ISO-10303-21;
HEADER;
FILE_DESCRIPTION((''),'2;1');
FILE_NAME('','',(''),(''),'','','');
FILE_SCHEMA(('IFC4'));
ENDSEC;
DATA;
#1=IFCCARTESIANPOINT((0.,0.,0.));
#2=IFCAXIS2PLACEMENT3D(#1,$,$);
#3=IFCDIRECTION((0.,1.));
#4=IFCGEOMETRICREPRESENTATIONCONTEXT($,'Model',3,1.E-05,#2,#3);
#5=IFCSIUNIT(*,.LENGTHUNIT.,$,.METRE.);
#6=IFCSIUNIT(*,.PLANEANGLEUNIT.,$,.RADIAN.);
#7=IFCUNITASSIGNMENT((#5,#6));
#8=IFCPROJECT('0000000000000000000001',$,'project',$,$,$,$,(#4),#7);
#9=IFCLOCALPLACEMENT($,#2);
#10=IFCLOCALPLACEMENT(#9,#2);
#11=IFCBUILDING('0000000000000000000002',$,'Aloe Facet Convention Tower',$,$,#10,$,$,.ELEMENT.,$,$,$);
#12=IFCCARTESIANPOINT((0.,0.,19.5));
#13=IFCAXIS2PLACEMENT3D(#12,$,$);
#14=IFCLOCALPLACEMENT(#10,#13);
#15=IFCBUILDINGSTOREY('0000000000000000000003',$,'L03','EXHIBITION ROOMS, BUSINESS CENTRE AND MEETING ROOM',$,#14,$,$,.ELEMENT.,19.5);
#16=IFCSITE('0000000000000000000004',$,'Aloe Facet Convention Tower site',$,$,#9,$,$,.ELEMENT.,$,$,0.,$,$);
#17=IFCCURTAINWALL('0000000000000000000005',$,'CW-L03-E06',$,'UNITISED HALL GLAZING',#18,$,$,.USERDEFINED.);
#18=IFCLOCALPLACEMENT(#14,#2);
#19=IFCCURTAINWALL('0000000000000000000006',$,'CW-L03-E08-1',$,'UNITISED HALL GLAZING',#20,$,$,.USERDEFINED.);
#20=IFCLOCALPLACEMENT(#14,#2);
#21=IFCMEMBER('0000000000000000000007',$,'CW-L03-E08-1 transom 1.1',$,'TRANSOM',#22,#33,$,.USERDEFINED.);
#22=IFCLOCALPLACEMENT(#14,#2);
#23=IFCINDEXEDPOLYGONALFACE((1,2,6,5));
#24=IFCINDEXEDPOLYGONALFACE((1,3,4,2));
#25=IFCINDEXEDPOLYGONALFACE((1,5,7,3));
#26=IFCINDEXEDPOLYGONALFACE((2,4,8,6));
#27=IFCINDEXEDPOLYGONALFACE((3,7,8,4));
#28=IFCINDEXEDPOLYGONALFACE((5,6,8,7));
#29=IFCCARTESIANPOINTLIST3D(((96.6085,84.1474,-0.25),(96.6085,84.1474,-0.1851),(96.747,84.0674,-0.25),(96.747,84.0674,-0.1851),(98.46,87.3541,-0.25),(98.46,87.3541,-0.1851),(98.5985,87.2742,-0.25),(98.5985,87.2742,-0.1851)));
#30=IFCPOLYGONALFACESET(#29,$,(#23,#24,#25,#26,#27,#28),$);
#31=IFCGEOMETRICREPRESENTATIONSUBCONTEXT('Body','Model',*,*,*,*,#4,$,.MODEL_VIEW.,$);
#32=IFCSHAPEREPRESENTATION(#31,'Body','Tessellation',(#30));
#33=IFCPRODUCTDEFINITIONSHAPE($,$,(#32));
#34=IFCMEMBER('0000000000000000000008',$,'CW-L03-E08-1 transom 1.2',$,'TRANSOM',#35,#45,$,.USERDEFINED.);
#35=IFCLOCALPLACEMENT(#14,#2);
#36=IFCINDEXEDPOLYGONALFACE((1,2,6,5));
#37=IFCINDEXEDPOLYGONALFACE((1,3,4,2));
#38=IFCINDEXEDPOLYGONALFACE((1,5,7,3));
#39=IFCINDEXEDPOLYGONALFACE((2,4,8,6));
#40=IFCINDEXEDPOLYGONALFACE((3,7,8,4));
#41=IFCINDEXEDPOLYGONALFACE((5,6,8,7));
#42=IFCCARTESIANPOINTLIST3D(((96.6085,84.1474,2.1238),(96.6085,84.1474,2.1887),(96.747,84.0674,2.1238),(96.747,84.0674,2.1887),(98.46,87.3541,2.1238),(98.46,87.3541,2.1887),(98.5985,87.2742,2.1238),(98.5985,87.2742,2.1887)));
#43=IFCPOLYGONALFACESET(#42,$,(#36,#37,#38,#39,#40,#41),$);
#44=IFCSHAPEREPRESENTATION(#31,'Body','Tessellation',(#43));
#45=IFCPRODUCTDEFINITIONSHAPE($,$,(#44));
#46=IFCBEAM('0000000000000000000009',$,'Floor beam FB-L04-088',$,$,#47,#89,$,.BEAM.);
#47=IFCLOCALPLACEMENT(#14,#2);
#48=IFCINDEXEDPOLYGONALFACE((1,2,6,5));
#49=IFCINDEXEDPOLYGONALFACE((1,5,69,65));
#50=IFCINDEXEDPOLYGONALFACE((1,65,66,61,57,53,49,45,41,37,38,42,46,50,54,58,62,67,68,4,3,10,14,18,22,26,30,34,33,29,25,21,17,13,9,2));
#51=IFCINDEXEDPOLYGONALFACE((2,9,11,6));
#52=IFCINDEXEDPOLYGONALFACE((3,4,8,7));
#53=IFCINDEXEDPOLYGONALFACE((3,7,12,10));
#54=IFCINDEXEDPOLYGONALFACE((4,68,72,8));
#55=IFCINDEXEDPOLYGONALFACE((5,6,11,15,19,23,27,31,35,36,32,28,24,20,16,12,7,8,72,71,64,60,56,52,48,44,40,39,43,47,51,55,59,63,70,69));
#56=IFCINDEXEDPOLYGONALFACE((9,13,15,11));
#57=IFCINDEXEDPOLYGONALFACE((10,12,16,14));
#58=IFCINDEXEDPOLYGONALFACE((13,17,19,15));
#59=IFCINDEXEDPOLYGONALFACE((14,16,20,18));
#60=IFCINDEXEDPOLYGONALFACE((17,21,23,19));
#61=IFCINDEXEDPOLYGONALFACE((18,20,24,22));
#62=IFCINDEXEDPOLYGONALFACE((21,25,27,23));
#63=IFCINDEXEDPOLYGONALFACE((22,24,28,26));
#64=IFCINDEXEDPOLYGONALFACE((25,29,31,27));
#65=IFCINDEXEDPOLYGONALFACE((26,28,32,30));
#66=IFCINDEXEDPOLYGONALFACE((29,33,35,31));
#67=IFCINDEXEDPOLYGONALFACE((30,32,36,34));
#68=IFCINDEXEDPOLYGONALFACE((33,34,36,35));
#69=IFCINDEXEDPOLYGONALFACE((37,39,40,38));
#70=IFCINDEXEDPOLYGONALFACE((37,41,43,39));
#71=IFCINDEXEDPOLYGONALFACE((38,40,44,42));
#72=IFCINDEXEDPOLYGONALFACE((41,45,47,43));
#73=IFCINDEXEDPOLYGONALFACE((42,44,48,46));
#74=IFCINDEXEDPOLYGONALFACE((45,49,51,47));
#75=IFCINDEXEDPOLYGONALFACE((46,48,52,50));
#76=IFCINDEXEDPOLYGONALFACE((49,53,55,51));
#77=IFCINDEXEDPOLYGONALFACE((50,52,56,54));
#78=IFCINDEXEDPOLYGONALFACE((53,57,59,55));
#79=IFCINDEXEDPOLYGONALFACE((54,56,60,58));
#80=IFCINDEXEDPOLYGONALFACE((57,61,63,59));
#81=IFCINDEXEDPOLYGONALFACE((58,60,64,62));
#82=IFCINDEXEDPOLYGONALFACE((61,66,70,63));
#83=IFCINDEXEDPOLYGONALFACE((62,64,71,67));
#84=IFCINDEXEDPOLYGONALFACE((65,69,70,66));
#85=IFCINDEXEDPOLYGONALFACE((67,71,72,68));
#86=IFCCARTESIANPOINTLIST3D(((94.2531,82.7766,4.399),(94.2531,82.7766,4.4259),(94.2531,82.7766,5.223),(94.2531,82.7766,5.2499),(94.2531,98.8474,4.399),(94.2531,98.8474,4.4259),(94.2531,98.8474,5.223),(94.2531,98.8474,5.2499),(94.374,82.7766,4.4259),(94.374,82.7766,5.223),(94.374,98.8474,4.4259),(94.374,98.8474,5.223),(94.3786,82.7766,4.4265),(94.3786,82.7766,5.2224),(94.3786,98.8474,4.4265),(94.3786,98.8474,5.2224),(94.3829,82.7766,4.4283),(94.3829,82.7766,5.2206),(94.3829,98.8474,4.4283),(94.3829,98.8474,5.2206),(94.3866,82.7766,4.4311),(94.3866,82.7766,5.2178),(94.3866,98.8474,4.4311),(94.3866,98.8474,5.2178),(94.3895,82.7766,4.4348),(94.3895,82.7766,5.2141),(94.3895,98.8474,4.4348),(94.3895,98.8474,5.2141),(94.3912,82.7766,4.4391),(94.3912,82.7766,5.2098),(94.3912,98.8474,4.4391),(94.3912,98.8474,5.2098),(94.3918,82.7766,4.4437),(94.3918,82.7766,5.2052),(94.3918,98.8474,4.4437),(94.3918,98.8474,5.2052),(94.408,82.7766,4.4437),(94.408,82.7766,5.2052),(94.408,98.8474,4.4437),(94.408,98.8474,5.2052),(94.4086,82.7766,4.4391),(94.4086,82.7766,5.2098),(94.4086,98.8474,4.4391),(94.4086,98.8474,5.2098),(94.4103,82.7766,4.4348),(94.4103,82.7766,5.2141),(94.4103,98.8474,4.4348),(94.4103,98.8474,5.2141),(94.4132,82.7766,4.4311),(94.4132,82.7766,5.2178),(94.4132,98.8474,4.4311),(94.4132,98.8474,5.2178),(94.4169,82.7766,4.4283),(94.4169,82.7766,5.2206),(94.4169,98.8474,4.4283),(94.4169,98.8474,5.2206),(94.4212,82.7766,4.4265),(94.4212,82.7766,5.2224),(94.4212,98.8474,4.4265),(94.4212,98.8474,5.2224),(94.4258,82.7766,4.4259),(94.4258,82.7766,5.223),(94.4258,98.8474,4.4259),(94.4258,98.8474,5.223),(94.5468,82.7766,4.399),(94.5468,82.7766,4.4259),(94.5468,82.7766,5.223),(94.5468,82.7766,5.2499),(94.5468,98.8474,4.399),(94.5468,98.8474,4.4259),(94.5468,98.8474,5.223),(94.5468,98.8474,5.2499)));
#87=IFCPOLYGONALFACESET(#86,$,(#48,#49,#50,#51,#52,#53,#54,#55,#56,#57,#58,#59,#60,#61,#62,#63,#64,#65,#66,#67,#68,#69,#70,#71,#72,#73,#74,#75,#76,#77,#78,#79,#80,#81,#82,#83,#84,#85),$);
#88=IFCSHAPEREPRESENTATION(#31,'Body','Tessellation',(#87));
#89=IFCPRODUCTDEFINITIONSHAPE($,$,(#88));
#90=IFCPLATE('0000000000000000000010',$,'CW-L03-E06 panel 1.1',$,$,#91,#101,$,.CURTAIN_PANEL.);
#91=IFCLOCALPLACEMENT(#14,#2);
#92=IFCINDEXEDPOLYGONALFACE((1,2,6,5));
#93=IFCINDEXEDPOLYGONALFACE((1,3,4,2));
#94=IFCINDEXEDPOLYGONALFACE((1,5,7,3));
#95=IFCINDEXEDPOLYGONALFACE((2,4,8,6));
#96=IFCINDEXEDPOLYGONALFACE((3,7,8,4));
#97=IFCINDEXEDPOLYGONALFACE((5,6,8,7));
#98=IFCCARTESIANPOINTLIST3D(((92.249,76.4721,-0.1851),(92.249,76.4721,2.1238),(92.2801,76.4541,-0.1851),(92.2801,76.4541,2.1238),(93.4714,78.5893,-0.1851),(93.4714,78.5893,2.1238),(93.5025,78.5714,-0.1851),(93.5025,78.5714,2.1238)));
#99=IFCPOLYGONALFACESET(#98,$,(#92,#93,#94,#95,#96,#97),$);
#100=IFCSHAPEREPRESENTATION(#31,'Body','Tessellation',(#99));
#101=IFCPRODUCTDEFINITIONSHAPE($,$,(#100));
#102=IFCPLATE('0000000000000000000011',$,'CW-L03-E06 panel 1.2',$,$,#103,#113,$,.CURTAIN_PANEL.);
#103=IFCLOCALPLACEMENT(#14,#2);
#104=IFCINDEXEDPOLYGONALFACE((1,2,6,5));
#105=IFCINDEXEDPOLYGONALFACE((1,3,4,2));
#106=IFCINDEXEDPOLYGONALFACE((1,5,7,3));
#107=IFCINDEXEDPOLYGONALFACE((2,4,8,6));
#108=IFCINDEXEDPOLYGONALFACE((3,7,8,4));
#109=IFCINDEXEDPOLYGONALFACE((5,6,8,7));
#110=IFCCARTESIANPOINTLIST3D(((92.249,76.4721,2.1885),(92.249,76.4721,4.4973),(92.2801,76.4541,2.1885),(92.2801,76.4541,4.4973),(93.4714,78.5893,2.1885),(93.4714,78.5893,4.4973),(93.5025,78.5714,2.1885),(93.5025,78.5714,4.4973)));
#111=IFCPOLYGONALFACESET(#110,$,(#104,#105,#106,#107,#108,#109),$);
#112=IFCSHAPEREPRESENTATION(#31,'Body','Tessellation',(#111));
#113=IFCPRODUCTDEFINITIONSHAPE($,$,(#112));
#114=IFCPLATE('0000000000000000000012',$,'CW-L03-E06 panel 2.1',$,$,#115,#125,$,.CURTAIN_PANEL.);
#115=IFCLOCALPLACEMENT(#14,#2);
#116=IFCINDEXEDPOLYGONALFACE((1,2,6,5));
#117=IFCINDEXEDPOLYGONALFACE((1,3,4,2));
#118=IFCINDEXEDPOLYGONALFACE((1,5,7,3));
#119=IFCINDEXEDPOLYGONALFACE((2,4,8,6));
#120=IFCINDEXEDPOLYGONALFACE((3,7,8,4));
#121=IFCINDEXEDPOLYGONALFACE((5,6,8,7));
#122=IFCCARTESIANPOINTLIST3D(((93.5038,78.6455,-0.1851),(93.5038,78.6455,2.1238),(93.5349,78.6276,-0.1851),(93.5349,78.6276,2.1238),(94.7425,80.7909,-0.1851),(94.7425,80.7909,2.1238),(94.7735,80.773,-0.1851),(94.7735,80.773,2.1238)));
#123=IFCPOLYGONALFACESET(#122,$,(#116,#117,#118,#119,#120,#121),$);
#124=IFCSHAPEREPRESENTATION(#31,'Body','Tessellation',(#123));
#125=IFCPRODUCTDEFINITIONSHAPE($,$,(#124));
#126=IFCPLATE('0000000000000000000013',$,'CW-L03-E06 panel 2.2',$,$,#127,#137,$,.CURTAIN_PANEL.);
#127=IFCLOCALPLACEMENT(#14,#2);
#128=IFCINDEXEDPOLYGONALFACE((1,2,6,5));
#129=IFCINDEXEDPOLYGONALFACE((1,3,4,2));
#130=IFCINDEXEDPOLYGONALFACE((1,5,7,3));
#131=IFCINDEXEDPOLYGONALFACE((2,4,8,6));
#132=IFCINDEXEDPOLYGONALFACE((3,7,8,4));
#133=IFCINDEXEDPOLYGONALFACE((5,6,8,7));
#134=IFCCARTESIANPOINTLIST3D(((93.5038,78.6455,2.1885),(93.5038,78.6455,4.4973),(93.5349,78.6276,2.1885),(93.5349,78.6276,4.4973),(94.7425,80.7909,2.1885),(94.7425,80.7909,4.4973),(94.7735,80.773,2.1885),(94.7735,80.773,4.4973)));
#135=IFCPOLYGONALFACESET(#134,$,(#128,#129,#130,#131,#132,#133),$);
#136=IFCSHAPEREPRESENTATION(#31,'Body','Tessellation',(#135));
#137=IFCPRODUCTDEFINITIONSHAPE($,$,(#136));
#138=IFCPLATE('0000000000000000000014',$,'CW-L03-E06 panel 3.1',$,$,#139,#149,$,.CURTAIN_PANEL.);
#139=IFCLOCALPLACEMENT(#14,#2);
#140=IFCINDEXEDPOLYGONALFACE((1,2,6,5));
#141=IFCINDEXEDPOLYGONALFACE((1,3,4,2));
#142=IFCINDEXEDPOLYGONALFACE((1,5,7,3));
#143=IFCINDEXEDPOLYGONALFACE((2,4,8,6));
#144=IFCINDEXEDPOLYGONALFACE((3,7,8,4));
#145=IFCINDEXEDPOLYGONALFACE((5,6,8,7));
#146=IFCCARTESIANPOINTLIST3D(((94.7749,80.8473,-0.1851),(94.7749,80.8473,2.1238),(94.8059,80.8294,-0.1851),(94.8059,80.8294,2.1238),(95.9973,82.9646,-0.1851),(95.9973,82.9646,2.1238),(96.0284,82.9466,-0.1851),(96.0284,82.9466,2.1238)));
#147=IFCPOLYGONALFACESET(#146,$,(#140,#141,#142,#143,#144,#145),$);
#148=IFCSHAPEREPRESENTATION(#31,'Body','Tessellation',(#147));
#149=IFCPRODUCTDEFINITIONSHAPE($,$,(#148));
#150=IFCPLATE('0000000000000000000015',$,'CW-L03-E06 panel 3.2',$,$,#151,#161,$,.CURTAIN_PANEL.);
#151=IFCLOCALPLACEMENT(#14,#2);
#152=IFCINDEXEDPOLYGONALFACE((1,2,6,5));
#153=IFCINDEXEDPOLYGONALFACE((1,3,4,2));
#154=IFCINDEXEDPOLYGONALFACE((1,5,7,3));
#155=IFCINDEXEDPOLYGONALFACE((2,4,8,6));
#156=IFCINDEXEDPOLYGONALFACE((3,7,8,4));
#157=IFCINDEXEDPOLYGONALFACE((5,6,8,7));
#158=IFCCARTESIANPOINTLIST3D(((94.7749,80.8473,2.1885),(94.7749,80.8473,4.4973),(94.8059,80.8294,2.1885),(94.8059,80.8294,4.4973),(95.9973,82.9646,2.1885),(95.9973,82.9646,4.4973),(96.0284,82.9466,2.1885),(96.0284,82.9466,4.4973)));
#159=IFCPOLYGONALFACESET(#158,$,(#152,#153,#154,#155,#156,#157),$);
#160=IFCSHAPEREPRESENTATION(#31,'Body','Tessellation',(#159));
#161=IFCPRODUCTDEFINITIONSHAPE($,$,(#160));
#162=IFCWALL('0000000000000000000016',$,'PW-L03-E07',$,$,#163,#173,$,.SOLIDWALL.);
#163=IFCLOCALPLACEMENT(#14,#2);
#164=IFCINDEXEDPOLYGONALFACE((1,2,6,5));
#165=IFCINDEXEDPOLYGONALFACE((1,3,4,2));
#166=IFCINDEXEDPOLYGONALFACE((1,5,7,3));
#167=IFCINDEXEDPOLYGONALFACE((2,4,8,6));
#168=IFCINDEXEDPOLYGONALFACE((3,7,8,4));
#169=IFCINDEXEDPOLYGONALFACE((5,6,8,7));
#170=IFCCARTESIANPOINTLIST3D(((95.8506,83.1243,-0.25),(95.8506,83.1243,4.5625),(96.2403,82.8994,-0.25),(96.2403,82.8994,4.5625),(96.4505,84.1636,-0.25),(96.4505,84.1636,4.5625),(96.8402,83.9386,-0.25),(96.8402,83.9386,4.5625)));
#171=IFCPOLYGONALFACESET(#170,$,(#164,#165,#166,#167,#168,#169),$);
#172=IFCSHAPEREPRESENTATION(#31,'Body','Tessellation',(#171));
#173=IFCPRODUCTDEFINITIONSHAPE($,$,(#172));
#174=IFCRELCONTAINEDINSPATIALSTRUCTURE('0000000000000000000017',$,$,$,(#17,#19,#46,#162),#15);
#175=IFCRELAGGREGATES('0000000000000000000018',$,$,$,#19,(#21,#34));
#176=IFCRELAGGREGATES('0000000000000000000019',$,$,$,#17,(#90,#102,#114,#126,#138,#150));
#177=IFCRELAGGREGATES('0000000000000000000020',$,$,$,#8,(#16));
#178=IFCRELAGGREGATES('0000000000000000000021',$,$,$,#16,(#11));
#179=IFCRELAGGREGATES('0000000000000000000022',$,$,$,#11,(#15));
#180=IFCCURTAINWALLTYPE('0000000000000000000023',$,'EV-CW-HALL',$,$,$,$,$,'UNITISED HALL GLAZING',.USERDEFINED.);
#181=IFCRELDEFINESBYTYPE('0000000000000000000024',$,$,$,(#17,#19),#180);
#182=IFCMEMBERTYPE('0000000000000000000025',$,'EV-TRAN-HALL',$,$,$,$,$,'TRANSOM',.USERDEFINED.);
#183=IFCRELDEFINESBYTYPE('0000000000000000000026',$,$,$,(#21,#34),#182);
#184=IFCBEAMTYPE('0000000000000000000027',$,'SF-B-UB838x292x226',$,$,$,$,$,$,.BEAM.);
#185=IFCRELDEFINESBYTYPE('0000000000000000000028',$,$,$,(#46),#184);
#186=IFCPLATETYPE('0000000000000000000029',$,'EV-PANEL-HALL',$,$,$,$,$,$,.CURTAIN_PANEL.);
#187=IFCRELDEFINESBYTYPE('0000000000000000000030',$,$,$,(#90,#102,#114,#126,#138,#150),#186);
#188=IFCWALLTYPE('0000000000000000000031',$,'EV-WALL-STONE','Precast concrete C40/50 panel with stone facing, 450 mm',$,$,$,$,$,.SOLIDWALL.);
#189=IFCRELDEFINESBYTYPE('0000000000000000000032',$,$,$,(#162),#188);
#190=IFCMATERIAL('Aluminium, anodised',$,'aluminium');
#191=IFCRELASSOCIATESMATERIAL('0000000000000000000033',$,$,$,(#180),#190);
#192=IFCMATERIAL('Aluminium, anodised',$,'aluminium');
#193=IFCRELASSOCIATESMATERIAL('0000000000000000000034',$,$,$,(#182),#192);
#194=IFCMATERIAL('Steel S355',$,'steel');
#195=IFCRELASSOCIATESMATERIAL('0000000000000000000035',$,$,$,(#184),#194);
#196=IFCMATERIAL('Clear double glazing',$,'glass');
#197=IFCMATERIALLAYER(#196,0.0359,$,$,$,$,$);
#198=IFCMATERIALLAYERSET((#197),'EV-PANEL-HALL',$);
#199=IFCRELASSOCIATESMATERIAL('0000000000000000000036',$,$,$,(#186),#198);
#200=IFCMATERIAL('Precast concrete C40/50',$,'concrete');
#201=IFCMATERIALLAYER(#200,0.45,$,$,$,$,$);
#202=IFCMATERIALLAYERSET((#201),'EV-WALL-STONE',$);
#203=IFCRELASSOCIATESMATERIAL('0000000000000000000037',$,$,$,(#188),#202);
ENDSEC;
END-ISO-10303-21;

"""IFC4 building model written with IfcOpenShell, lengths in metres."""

from ifc_helpers import new_model, si_unit, direction, frame, frame_2d, origin, origin_2d, place, context, subcontext, project, spatial, rectangle, i_section, extrude, material, layer, layer_set, material_profile, profile_set, type_object, element, aggregate, save


model = new_model("IFC4")

# Units and contexts
model_context = context("Model", 3, precision=1e-05, world=origin(), true_north=direction((0.0, 1.0)))
body_context = subcontext(model_context, "Body", "Model", "MODEL_VIEW")
ifc_project = project(units=[si_unit("LENGTHUNIT", "METRE"), si_unit("PLANEANGLEUNIT", "RADIAN")], contexts=[model_context])

# Site, building, storey
site_placement = place(None, origin())
site = spatial("IfcSite", under=ifc_project, at=site_placement, Name="Aloe Facet Convention Tower site", CompositionType="ELEMENT", RefElevation=0.0)
building_placement = place(site_placement, origin())
building = spatial("IfcBuilding", under=site, at=building_placement, Name="Aloe Facet Convention Tower", CompositionType="ELEMENT")
storey_placement = place(building_placement, frame((0.0, 0.0, 19.5)))
storey = spatial("IfcBuildingStorey", under=building, at=storey_placement, Name="L03", Description="EXHIBITION ROOMS, BUSINESS CENTRE AND MEETING ROOM", CompositionType="ELEMENT", Elevation=19.5)

# Curtain wall
ifc_material_1 = material(Name="Aluminium, anodised", Category="aluminium")
curtain_wall_type = type_object("IfcCurtainWallType", Name="EV-CW-HALL", ElementType="UNITISED HALL GLAZING", PredefinedType="USERDEFINED", material=ifc_material_1)
curtain_wall_1_placement = place(storey_placement, origin())
curtain_wall_1 = element("IfcCurtainWall", 1, at=curtain_wall_1_placement, inside=storey, type_object=curtain_wall_type, Name="CW-L03-E06", ObjectType="UNITISED HALL GLAZING", PredefinedType="USERDEFINED")

# Curtain wall
curtain_wall_2_placement = place(storey_placement, origin())
curtain_wall_2 = element("IfcCurtainWall", 2, at=curtain_wall_2_placement, inside=storey, type_object=curtain_wall_type, Name="CW-L03-E08-1", ObjectType="UNITISED HALL GLAZING", PredefinedType="USERDEFINED")

# Members
ifc_material_2 = material(Name="Aluminium, anodised", Category="aluminium")
ifc_material_profile_1 = material_profile(ifc_material_2, rectangle(XDim=0.1599, YDim=0.0649, at=origin_2d()), Name="AL 160x65")
ifc_profile_set_1 = profile_set([ifc_material_profile_1], Name="Aluminium, anodised")
member_type_1 = type_object("IfcMemberType", Name="EV-TRAN-HALL", ElementType="TRANSOM", PredefinedType="USERDEFINED", material=ifc_profile_set_1)
member_1_placement = place(storey_placement, frame((96.6777, 84.1074, -0.2175), z_axis=(0.500025, 0.866011, 0.0), x_axis=(-0.866011, 0.500025, 0.0)))
member_1 = element("IfcMember", 3, at=member_1_placement, type_object=member_type_1, Name="CW-L03-E08-1 transom 1.1", ObjectType="TRANSOM", PredefinedType="USERDEFINED", context=body_context, shape_type="SweptSolid", body=[
    extrude(rectangle(XDim=0.1599, YDim=0.0649, at=origin_2d()), origin(), (0.0, 0.0, 1.0), 3.7029),
])
member_2_placement = place(storey_placement, frame((96.6777, 84.1074, 2.1562), z_axis=(0.500025, 0.866011, 0.0), x_axis=(-0.866011, 0.500025, 0.0)))
member_2 = element("IfcMember", 4, at=member_2_placement, type_object=member_type_1, Name="CW-L03-E08-1 transom 1.2", ObjectType="TRANSOM", PredefinedType="USERDEFINED", context=body_context, shape_type="SweptSolid", body=[
    extrude(rectangle(XDim=0.1599, YDim=0.0649, at=origin_2d()), origin(), (0.0, 0.0, 1.0), 3.7029),
])
aggregate(curtain_wall_2, [member_1, member_2])

# Beam
ifc_material_3 = material(Name="Steel S355", Category="steel")
ifc_material_profile_2 = material_profile(ifc_material_3, i_section(OverallWidth=0.2937, OverallDepth=0.8508, WebThickness=0.0161, FlangeThickness=0.0269, FilletRadius=0.0178, at=origin_2d()), Name="UB 838x292x226")
ifc_profile_set_2 = profile_set([ifc_material_profile_2], Name="Steel S355")
beam_type = type_object("IfcBeamType", Name="SF-B-UB838x292x226", PredefinedType="BEAM", material=ifc_profile_set_2)
beam_placement = place(storey_placement, frame((94.3999, 82.7766, 4.8245), z_axis=(0.0, 1.0, 0.0), x_axis=(-1.0, 0.0, 0.0)))
element("IfcBeam", 5, at=beam_placement, inside=storey, type_object=beam_type, Name="Floor beam FB-L04-088", PredefinedType="BEAM", context=body_context, shape_type="SweptSolid", body=[
    extrude(i_section(OverallWidth=0.2937, OverallDepth=0.8508, WebThickness=0.0161, FlangeThickness=0.0269, FilletRadius=0.0178, at=origin_2d()), origin(), (0.0, 0.0, 1.0), 16.0708),
])

# Plates
ifc_material_4 = material(Name="Clear double glazing", Category="glass")
ifc_layer_1 = layer(ifc_material_4, 0.0359)
ifc_layer_set_1 = layer_set([ifc_layer_1], Name="EV-PANEL-HALL")
plate_type = type_object("IfcPlateType", Name="EV-PANEL-HALL", PredefinedType="CURTAIN_PANEL", material=ifc_layer_set_1)
plate_1_placement = place(storey_placement, frame((92.8757, 77.5217, -0.1851), z_axis=(0.0, 0.0, 1.0), x_axis=(0.5, 0.866025, 0.0)))
plate_1 = element("IfcPlate", 6, at=plate_1_placement, type_object=plate_type, Name="CW-L03-E06 panel 1.1", PredefinedType="CURTAIN_PANEL", context=body_context, shape_type="SweptSolid", body=[
    extrude(rectangle(XDim=2.4448, YDim=0.0359, at=origin_2d()), origin(), (0.0, 0.0, 1.0), 2.3088),
])
plate_2_placement = place(storey_placement, frame((92.8757, 77.5217, 2.1885), z_axis=(0.0, 0.0, 1.0), x_axis=(0.5, 0.866025, 0.0)))
plate_2 = element("IfcPlate", 7, at=plate_2_placement, type_object=plate_type, Name="CW-L03-E06 panel 1.2", PredefinedType="CURTAIN_PANEL", context=body_context, shape_type="SweptSolid", body=[
    extrude(rectangle(XDim=2.4448, YDim=0.0359, at=origin_2d()), origin(), (0.0, 0.0, 1.0), 2.3088),
])
plate_3_placement = place(storey_placement, frame((94.1387, 79.7092, -0.1851), z_axis=(0.0, 0.0, 1.0), x_axis=(0.5, 0.866025, 0.0)))
plate_3 = element("IfcPlate", 8, at=plate_3_placement, type_object=plate_type, Name="CW-L03-E06 panel 2.1", PredefinedType="CURTAIN_PANEL", context=body_context, shape_type="SweptSolid", body=[
    extrude(rectangle(XDim=2.4773, YDim=0.0359, at=origin_2d()), origin(), (0.0, 0.0, 1.0), 2.3088),
])
plate_4_placement = place(storey_placement, frame((94.1387, 79.7092, 2.1885), z_axis=(0.0, 0.0, 1.0), x_axis=(0.5, 0.866025, 0.0)))
plate_4 = element("IfcPlate", 9, at=plate_4_placement, type_object=plate_type, Name="CW-L03-E06 panel 2.2", PredefinedType="CURTAIN_PANEL", context=body_context, shape_type="SweptSolid", body=[
    extrude(rectangle(XDim=2.4773, YDim=0.0359, at=origin_2d()), origin(), (0.0, 0.0, 1.0), 2.3088),
])
plate_5_placement = place(storey_placement, frame((95.4016, 81.897, -0.1851), z_axis=(0.0, 0.0, 1.0), x_axis=(0.5, 0.866025, 0.0)))
plate_5 = element("IfcPlate", 10, at=plate_5_placement, type_object=plate_type, Name="CW-L03-E06 panel 3.1", PredefinedType="CURTAIN_PANEL", context=body_context, shape_type="SweptSolid", body=[
    extrude(rectangle(XDim=2.4448, YDim=0.0359, at=origin_2d()), origin(), (0.0, 0.0, 1.0), 2.3088),
])
plate_6_placement = place(storey_placement, frame((95.4016, 81.897, 2.1885), z_axis=(0.0, 0.0, 1.0), x_axis=(0.5, 0.866025, 0.0)))
plate_6 = element("IfcPlate", 11, at=plate_6_placement, type_object=plate_type, Name="CW-L03-E06 panel 3.2", PredefinedType="CURTAIN_PANEL", context=body_context, shape_type="SweptSolid", body=[
    extrude(rectangle(XDim=2.4448, YDim=0.0359, at=origin_2d()), origin(), (0.0, 0.0, 1.0), 2.3088),
])
aggregate(curtain_wall_1, [plate_1, plate_2, plate_3, plate_4, plate_5, plate_6])

# Wall
ifc_material_5 = material(Name="Precast concrete C40/50", Category="concrete")
ifc_layer_2 = layer(ifc_material_5, 0.45)
ifc_layer_set_2 = layer_set([ifc_layer_2], Name="EV-WALL-STONE")
wall_type = type_object("IfcWallType", Name="EV-WALL-STONE", Description="Precast concrete C40/50 panel with stone facing, 450 mm", PredefinedType="SOLIDWALL", material=ifc_layer_set_2)
wall_placement = place(storey_placement, frame((96.0454, 83.0117, -0.25), z_axis=(0.0, 0.0, 1.0), x_axis=(0.499881, 0.866094, 0.0)))
element("IfcWall", 12, at=wall_placement, inside=storey, type_object=wall_type, Name="PW-L03-E07", PredefinedType="SOLIDWALL", context=body_context, shape_type="SweptSolid", body=[
    extrude(rectangle(XDim=1.2, YDim=0.45, at=frame_2d((0.6001, 0.0))), origin(), (0.0, 0.0, 1.0), 4.8125),
])

save(model, "model.ifc")
